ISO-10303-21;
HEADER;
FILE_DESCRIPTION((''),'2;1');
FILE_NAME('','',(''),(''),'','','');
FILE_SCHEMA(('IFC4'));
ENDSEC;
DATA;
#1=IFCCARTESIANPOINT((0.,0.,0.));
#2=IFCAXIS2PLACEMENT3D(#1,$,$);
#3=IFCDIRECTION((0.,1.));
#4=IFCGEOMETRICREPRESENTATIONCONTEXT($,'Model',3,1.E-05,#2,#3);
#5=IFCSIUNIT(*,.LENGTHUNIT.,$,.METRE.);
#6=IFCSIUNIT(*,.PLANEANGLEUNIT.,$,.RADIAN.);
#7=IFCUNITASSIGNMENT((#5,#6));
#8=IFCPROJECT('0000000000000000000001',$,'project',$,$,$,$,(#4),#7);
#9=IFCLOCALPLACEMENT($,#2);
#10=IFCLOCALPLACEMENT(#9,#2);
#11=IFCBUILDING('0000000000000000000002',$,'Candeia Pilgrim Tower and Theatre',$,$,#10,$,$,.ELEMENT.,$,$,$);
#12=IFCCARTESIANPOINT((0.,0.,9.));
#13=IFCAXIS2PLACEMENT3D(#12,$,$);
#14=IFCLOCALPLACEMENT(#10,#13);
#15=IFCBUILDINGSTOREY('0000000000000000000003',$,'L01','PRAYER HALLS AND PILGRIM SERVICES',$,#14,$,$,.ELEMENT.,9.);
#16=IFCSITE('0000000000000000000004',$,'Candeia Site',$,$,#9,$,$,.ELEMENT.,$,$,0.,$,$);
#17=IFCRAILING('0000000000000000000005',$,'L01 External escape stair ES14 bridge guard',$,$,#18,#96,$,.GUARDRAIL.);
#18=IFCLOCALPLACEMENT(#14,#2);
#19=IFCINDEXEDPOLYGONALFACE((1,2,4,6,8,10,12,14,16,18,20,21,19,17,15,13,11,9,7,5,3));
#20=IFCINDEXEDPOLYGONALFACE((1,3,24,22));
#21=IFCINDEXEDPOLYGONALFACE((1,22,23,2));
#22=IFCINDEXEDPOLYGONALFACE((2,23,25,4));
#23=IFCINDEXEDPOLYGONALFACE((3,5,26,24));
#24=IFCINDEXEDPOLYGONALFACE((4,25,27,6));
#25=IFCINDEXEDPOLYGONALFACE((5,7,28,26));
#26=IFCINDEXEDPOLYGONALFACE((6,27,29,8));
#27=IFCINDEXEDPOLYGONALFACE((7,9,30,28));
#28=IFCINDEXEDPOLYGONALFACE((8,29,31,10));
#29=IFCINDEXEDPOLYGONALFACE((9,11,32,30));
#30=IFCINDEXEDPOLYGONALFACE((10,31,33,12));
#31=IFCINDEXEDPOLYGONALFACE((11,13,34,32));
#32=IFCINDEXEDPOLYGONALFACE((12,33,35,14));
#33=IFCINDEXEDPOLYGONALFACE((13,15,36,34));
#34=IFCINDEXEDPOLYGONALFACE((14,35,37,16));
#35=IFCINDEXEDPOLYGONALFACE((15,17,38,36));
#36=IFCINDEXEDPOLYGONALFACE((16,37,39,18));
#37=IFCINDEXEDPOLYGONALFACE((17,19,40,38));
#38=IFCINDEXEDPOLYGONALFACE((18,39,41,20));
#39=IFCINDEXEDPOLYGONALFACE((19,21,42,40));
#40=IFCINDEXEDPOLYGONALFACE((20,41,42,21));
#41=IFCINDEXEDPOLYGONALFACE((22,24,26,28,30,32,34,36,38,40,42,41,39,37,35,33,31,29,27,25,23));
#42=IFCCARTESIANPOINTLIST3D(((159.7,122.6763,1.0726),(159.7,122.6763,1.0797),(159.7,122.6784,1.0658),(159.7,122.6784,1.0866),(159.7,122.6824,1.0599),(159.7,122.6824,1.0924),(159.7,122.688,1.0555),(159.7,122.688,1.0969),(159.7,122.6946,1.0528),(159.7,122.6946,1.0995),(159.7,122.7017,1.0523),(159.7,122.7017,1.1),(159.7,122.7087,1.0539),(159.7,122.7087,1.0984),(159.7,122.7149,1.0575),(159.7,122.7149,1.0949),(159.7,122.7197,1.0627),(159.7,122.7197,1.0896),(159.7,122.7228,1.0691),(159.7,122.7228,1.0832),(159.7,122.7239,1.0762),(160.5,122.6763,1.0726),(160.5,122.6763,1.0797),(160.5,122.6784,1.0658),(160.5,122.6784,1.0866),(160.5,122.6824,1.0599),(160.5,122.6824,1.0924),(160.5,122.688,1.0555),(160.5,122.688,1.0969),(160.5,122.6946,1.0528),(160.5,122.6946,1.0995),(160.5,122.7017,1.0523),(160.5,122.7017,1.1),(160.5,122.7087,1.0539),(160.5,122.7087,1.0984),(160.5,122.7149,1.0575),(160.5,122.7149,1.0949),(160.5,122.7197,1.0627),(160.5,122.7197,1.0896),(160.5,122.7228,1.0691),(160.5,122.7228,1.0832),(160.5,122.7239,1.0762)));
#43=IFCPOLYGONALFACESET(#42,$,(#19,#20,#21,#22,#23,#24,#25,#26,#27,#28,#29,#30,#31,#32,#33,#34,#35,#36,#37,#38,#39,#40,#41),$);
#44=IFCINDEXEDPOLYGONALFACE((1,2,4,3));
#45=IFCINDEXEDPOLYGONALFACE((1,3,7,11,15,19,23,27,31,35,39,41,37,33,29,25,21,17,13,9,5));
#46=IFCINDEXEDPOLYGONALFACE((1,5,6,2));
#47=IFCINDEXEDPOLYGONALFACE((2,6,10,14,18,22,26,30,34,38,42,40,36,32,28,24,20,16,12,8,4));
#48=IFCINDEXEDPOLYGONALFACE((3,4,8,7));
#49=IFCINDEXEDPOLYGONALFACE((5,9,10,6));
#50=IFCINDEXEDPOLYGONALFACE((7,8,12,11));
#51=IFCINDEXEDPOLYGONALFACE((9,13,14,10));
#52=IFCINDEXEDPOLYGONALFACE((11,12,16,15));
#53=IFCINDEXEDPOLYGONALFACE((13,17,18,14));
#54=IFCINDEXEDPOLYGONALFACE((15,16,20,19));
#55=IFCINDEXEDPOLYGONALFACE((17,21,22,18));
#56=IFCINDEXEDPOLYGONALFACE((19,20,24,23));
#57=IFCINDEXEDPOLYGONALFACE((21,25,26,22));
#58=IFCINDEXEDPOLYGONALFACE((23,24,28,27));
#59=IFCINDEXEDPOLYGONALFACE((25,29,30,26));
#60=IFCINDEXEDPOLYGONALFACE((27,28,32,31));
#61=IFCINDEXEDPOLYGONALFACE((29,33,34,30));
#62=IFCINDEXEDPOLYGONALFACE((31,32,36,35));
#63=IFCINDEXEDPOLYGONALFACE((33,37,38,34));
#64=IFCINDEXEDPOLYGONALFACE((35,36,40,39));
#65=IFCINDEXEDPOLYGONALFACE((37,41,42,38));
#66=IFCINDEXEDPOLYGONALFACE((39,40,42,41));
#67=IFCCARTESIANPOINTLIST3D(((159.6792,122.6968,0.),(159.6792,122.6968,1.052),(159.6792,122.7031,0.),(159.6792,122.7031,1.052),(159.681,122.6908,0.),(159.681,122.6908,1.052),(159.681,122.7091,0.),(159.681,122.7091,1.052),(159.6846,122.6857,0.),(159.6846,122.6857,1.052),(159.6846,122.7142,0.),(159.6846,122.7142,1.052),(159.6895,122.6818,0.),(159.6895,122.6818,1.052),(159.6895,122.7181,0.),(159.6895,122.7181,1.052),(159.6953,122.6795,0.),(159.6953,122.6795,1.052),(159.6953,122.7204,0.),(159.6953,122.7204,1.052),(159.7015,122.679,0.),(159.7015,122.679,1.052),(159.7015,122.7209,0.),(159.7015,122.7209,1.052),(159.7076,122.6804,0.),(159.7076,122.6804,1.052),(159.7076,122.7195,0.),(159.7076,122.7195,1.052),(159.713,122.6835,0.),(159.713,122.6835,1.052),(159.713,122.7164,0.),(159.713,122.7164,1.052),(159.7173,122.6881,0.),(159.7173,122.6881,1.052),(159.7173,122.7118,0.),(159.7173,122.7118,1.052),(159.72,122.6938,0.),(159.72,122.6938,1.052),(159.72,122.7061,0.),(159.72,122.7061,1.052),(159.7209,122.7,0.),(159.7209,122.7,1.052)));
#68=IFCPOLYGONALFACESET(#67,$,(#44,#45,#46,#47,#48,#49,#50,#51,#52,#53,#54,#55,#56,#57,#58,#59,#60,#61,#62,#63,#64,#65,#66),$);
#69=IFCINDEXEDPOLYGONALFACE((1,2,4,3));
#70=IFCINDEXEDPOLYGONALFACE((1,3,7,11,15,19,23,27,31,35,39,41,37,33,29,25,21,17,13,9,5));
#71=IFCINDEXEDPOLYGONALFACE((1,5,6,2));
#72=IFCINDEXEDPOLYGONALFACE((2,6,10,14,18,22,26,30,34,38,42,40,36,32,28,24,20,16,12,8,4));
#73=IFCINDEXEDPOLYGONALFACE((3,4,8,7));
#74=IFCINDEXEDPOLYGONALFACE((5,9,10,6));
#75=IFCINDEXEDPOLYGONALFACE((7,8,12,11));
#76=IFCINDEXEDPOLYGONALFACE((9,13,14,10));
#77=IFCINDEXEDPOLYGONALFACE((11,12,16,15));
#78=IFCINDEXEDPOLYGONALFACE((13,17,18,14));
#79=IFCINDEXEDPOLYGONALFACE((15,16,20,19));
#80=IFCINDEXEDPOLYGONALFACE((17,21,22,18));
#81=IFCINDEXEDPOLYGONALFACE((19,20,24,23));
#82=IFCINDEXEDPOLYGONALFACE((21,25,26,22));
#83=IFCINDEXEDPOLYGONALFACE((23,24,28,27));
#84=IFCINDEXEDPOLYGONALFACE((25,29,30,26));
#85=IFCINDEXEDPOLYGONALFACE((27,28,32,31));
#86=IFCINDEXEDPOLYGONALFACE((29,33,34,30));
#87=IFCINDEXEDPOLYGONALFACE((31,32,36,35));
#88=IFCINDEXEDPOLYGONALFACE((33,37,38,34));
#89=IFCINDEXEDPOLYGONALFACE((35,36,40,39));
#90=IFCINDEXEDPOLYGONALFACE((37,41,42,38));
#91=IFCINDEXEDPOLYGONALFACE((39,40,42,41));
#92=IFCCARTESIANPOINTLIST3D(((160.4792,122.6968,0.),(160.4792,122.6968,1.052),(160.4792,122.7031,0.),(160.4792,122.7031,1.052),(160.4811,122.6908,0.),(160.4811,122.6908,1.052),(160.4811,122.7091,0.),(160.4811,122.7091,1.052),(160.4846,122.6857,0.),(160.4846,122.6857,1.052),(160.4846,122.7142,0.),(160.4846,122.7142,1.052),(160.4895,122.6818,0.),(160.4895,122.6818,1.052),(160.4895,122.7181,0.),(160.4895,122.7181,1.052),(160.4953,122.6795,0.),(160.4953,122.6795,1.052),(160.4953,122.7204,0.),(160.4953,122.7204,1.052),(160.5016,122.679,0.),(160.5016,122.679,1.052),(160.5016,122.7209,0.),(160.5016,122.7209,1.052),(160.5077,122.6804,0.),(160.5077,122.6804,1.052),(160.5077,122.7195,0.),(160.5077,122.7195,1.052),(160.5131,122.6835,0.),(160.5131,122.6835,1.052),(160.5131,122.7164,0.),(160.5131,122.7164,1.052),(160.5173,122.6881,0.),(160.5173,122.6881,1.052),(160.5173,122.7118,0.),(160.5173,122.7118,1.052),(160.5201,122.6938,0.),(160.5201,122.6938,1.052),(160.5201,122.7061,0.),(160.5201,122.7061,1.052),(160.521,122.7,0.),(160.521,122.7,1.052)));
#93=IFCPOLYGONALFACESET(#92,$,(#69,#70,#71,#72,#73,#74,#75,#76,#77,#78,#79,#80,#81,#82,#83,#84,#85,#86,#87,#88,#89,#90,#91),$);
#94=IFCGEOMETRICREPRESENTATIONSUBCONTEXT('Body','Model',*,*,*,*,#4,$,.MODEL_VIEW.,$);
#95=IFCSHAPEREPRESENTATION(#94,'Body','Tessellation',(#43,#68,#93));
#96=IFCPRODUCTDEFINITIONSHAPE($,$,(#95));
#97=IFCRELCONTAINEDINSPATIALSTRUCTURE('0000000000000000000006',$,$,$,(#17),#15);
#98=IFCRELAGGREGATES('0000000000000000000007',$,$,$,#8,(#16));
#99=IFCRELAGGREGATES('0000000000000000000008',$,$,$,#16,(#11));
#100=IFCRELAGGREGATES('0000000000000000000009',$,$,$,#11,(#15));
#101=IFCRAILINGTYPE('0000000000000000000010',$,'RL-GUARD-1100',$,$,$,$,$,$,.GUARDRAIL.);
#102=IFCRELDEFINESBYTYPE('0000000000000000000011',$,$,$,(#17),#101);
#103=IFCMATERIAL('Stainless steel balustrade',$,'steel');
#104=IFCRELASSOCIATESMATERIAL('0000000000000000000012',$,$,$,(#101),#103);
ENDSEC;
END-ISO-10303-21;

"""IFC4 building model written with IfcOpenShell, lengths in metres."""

from ifc_helpers import new_model, si_unit, direction, frame, origin, origin_2d, place, context, subcontext, project, spatial, circle, extrude, material, type_object, element, save


model = new_model("IFC4")

# Units and contexts
model_context = context("Model", 3, precision=1e-05, world=origin(), true_north=direction((0.0, 1.0)))
body_context = subcontext(model_context, "Body", "Model", "MODEL_VIEW")
ifc_project = project(units=[si_unit("LENGTHUNIT", "METRE"), si_unit("PLANEANGLEUNIT", "RADIAN")], contexts=[model_context])

# Site, building, storey
site_placement = place(None, origin())
site = spatial("IfcSite", under=ifc_project, at=site_placement, Name="Candeia Site", CompositionType="ELEMENT", RefElevation=0.0)
building_placement = place(site_placement, origin())
building = spatial("IfcBuilding", under=site, at=building_placement, Name="Candeia Pilgrim Tower and Theatre", CompositionType="ELEMENT")
storey_placement = place(building_placement, frame((0.0, 0.0, 9.0)))
storey = spatial("IfcBuildingStorey", under=building, at=storey_placement, Name="L01", Description="PRAYER HALLS AND PILGRIM SERVICES", CompositionType="ELEMENT", Elevation=9.0)

# Railing
ifc_material_1 = material(Name="Stainless steel balustrade", Category="steel")
railing_type_1 = type_object("IfcRailingType", Name="RL-GUARD-1100", PredefinedType="GUARDRAIL", material=ifc_material_1)
railing_1_placement = place(storey_placement, frame((159.7, 122.7, 0.0)))
element("IfcRailing", 1, at=railing_1_placement, inside=storey, type_object=railing_type_1, Name="L01 External escape stair ES14 bridge guard", PredefinedType="GUARDRAIL", context=body_context, shape_type="SweptSolid", body=[
    extrude(circle(Radius=0.0239, at=origin_2d()), frame((0.0, 0.0, 1.0762), z_axis=(1.0, 0.0, 0.0), x_axis=(0.0, 1.0, 0.0)), (0.0, 0.0, 1.0), 0.8),
    extrude(circle(Radius=0.021, at=origin_2d()), origin(), (0.0, 0.0, 1.0), 1.052),
    extrude(circle(Radius=0.021, at=origin_2d()), frame((0.8, 0.0, 0.0)), (0.0, 0.0, 1.0), 1.052),
])

save(model, "model.ifc")
